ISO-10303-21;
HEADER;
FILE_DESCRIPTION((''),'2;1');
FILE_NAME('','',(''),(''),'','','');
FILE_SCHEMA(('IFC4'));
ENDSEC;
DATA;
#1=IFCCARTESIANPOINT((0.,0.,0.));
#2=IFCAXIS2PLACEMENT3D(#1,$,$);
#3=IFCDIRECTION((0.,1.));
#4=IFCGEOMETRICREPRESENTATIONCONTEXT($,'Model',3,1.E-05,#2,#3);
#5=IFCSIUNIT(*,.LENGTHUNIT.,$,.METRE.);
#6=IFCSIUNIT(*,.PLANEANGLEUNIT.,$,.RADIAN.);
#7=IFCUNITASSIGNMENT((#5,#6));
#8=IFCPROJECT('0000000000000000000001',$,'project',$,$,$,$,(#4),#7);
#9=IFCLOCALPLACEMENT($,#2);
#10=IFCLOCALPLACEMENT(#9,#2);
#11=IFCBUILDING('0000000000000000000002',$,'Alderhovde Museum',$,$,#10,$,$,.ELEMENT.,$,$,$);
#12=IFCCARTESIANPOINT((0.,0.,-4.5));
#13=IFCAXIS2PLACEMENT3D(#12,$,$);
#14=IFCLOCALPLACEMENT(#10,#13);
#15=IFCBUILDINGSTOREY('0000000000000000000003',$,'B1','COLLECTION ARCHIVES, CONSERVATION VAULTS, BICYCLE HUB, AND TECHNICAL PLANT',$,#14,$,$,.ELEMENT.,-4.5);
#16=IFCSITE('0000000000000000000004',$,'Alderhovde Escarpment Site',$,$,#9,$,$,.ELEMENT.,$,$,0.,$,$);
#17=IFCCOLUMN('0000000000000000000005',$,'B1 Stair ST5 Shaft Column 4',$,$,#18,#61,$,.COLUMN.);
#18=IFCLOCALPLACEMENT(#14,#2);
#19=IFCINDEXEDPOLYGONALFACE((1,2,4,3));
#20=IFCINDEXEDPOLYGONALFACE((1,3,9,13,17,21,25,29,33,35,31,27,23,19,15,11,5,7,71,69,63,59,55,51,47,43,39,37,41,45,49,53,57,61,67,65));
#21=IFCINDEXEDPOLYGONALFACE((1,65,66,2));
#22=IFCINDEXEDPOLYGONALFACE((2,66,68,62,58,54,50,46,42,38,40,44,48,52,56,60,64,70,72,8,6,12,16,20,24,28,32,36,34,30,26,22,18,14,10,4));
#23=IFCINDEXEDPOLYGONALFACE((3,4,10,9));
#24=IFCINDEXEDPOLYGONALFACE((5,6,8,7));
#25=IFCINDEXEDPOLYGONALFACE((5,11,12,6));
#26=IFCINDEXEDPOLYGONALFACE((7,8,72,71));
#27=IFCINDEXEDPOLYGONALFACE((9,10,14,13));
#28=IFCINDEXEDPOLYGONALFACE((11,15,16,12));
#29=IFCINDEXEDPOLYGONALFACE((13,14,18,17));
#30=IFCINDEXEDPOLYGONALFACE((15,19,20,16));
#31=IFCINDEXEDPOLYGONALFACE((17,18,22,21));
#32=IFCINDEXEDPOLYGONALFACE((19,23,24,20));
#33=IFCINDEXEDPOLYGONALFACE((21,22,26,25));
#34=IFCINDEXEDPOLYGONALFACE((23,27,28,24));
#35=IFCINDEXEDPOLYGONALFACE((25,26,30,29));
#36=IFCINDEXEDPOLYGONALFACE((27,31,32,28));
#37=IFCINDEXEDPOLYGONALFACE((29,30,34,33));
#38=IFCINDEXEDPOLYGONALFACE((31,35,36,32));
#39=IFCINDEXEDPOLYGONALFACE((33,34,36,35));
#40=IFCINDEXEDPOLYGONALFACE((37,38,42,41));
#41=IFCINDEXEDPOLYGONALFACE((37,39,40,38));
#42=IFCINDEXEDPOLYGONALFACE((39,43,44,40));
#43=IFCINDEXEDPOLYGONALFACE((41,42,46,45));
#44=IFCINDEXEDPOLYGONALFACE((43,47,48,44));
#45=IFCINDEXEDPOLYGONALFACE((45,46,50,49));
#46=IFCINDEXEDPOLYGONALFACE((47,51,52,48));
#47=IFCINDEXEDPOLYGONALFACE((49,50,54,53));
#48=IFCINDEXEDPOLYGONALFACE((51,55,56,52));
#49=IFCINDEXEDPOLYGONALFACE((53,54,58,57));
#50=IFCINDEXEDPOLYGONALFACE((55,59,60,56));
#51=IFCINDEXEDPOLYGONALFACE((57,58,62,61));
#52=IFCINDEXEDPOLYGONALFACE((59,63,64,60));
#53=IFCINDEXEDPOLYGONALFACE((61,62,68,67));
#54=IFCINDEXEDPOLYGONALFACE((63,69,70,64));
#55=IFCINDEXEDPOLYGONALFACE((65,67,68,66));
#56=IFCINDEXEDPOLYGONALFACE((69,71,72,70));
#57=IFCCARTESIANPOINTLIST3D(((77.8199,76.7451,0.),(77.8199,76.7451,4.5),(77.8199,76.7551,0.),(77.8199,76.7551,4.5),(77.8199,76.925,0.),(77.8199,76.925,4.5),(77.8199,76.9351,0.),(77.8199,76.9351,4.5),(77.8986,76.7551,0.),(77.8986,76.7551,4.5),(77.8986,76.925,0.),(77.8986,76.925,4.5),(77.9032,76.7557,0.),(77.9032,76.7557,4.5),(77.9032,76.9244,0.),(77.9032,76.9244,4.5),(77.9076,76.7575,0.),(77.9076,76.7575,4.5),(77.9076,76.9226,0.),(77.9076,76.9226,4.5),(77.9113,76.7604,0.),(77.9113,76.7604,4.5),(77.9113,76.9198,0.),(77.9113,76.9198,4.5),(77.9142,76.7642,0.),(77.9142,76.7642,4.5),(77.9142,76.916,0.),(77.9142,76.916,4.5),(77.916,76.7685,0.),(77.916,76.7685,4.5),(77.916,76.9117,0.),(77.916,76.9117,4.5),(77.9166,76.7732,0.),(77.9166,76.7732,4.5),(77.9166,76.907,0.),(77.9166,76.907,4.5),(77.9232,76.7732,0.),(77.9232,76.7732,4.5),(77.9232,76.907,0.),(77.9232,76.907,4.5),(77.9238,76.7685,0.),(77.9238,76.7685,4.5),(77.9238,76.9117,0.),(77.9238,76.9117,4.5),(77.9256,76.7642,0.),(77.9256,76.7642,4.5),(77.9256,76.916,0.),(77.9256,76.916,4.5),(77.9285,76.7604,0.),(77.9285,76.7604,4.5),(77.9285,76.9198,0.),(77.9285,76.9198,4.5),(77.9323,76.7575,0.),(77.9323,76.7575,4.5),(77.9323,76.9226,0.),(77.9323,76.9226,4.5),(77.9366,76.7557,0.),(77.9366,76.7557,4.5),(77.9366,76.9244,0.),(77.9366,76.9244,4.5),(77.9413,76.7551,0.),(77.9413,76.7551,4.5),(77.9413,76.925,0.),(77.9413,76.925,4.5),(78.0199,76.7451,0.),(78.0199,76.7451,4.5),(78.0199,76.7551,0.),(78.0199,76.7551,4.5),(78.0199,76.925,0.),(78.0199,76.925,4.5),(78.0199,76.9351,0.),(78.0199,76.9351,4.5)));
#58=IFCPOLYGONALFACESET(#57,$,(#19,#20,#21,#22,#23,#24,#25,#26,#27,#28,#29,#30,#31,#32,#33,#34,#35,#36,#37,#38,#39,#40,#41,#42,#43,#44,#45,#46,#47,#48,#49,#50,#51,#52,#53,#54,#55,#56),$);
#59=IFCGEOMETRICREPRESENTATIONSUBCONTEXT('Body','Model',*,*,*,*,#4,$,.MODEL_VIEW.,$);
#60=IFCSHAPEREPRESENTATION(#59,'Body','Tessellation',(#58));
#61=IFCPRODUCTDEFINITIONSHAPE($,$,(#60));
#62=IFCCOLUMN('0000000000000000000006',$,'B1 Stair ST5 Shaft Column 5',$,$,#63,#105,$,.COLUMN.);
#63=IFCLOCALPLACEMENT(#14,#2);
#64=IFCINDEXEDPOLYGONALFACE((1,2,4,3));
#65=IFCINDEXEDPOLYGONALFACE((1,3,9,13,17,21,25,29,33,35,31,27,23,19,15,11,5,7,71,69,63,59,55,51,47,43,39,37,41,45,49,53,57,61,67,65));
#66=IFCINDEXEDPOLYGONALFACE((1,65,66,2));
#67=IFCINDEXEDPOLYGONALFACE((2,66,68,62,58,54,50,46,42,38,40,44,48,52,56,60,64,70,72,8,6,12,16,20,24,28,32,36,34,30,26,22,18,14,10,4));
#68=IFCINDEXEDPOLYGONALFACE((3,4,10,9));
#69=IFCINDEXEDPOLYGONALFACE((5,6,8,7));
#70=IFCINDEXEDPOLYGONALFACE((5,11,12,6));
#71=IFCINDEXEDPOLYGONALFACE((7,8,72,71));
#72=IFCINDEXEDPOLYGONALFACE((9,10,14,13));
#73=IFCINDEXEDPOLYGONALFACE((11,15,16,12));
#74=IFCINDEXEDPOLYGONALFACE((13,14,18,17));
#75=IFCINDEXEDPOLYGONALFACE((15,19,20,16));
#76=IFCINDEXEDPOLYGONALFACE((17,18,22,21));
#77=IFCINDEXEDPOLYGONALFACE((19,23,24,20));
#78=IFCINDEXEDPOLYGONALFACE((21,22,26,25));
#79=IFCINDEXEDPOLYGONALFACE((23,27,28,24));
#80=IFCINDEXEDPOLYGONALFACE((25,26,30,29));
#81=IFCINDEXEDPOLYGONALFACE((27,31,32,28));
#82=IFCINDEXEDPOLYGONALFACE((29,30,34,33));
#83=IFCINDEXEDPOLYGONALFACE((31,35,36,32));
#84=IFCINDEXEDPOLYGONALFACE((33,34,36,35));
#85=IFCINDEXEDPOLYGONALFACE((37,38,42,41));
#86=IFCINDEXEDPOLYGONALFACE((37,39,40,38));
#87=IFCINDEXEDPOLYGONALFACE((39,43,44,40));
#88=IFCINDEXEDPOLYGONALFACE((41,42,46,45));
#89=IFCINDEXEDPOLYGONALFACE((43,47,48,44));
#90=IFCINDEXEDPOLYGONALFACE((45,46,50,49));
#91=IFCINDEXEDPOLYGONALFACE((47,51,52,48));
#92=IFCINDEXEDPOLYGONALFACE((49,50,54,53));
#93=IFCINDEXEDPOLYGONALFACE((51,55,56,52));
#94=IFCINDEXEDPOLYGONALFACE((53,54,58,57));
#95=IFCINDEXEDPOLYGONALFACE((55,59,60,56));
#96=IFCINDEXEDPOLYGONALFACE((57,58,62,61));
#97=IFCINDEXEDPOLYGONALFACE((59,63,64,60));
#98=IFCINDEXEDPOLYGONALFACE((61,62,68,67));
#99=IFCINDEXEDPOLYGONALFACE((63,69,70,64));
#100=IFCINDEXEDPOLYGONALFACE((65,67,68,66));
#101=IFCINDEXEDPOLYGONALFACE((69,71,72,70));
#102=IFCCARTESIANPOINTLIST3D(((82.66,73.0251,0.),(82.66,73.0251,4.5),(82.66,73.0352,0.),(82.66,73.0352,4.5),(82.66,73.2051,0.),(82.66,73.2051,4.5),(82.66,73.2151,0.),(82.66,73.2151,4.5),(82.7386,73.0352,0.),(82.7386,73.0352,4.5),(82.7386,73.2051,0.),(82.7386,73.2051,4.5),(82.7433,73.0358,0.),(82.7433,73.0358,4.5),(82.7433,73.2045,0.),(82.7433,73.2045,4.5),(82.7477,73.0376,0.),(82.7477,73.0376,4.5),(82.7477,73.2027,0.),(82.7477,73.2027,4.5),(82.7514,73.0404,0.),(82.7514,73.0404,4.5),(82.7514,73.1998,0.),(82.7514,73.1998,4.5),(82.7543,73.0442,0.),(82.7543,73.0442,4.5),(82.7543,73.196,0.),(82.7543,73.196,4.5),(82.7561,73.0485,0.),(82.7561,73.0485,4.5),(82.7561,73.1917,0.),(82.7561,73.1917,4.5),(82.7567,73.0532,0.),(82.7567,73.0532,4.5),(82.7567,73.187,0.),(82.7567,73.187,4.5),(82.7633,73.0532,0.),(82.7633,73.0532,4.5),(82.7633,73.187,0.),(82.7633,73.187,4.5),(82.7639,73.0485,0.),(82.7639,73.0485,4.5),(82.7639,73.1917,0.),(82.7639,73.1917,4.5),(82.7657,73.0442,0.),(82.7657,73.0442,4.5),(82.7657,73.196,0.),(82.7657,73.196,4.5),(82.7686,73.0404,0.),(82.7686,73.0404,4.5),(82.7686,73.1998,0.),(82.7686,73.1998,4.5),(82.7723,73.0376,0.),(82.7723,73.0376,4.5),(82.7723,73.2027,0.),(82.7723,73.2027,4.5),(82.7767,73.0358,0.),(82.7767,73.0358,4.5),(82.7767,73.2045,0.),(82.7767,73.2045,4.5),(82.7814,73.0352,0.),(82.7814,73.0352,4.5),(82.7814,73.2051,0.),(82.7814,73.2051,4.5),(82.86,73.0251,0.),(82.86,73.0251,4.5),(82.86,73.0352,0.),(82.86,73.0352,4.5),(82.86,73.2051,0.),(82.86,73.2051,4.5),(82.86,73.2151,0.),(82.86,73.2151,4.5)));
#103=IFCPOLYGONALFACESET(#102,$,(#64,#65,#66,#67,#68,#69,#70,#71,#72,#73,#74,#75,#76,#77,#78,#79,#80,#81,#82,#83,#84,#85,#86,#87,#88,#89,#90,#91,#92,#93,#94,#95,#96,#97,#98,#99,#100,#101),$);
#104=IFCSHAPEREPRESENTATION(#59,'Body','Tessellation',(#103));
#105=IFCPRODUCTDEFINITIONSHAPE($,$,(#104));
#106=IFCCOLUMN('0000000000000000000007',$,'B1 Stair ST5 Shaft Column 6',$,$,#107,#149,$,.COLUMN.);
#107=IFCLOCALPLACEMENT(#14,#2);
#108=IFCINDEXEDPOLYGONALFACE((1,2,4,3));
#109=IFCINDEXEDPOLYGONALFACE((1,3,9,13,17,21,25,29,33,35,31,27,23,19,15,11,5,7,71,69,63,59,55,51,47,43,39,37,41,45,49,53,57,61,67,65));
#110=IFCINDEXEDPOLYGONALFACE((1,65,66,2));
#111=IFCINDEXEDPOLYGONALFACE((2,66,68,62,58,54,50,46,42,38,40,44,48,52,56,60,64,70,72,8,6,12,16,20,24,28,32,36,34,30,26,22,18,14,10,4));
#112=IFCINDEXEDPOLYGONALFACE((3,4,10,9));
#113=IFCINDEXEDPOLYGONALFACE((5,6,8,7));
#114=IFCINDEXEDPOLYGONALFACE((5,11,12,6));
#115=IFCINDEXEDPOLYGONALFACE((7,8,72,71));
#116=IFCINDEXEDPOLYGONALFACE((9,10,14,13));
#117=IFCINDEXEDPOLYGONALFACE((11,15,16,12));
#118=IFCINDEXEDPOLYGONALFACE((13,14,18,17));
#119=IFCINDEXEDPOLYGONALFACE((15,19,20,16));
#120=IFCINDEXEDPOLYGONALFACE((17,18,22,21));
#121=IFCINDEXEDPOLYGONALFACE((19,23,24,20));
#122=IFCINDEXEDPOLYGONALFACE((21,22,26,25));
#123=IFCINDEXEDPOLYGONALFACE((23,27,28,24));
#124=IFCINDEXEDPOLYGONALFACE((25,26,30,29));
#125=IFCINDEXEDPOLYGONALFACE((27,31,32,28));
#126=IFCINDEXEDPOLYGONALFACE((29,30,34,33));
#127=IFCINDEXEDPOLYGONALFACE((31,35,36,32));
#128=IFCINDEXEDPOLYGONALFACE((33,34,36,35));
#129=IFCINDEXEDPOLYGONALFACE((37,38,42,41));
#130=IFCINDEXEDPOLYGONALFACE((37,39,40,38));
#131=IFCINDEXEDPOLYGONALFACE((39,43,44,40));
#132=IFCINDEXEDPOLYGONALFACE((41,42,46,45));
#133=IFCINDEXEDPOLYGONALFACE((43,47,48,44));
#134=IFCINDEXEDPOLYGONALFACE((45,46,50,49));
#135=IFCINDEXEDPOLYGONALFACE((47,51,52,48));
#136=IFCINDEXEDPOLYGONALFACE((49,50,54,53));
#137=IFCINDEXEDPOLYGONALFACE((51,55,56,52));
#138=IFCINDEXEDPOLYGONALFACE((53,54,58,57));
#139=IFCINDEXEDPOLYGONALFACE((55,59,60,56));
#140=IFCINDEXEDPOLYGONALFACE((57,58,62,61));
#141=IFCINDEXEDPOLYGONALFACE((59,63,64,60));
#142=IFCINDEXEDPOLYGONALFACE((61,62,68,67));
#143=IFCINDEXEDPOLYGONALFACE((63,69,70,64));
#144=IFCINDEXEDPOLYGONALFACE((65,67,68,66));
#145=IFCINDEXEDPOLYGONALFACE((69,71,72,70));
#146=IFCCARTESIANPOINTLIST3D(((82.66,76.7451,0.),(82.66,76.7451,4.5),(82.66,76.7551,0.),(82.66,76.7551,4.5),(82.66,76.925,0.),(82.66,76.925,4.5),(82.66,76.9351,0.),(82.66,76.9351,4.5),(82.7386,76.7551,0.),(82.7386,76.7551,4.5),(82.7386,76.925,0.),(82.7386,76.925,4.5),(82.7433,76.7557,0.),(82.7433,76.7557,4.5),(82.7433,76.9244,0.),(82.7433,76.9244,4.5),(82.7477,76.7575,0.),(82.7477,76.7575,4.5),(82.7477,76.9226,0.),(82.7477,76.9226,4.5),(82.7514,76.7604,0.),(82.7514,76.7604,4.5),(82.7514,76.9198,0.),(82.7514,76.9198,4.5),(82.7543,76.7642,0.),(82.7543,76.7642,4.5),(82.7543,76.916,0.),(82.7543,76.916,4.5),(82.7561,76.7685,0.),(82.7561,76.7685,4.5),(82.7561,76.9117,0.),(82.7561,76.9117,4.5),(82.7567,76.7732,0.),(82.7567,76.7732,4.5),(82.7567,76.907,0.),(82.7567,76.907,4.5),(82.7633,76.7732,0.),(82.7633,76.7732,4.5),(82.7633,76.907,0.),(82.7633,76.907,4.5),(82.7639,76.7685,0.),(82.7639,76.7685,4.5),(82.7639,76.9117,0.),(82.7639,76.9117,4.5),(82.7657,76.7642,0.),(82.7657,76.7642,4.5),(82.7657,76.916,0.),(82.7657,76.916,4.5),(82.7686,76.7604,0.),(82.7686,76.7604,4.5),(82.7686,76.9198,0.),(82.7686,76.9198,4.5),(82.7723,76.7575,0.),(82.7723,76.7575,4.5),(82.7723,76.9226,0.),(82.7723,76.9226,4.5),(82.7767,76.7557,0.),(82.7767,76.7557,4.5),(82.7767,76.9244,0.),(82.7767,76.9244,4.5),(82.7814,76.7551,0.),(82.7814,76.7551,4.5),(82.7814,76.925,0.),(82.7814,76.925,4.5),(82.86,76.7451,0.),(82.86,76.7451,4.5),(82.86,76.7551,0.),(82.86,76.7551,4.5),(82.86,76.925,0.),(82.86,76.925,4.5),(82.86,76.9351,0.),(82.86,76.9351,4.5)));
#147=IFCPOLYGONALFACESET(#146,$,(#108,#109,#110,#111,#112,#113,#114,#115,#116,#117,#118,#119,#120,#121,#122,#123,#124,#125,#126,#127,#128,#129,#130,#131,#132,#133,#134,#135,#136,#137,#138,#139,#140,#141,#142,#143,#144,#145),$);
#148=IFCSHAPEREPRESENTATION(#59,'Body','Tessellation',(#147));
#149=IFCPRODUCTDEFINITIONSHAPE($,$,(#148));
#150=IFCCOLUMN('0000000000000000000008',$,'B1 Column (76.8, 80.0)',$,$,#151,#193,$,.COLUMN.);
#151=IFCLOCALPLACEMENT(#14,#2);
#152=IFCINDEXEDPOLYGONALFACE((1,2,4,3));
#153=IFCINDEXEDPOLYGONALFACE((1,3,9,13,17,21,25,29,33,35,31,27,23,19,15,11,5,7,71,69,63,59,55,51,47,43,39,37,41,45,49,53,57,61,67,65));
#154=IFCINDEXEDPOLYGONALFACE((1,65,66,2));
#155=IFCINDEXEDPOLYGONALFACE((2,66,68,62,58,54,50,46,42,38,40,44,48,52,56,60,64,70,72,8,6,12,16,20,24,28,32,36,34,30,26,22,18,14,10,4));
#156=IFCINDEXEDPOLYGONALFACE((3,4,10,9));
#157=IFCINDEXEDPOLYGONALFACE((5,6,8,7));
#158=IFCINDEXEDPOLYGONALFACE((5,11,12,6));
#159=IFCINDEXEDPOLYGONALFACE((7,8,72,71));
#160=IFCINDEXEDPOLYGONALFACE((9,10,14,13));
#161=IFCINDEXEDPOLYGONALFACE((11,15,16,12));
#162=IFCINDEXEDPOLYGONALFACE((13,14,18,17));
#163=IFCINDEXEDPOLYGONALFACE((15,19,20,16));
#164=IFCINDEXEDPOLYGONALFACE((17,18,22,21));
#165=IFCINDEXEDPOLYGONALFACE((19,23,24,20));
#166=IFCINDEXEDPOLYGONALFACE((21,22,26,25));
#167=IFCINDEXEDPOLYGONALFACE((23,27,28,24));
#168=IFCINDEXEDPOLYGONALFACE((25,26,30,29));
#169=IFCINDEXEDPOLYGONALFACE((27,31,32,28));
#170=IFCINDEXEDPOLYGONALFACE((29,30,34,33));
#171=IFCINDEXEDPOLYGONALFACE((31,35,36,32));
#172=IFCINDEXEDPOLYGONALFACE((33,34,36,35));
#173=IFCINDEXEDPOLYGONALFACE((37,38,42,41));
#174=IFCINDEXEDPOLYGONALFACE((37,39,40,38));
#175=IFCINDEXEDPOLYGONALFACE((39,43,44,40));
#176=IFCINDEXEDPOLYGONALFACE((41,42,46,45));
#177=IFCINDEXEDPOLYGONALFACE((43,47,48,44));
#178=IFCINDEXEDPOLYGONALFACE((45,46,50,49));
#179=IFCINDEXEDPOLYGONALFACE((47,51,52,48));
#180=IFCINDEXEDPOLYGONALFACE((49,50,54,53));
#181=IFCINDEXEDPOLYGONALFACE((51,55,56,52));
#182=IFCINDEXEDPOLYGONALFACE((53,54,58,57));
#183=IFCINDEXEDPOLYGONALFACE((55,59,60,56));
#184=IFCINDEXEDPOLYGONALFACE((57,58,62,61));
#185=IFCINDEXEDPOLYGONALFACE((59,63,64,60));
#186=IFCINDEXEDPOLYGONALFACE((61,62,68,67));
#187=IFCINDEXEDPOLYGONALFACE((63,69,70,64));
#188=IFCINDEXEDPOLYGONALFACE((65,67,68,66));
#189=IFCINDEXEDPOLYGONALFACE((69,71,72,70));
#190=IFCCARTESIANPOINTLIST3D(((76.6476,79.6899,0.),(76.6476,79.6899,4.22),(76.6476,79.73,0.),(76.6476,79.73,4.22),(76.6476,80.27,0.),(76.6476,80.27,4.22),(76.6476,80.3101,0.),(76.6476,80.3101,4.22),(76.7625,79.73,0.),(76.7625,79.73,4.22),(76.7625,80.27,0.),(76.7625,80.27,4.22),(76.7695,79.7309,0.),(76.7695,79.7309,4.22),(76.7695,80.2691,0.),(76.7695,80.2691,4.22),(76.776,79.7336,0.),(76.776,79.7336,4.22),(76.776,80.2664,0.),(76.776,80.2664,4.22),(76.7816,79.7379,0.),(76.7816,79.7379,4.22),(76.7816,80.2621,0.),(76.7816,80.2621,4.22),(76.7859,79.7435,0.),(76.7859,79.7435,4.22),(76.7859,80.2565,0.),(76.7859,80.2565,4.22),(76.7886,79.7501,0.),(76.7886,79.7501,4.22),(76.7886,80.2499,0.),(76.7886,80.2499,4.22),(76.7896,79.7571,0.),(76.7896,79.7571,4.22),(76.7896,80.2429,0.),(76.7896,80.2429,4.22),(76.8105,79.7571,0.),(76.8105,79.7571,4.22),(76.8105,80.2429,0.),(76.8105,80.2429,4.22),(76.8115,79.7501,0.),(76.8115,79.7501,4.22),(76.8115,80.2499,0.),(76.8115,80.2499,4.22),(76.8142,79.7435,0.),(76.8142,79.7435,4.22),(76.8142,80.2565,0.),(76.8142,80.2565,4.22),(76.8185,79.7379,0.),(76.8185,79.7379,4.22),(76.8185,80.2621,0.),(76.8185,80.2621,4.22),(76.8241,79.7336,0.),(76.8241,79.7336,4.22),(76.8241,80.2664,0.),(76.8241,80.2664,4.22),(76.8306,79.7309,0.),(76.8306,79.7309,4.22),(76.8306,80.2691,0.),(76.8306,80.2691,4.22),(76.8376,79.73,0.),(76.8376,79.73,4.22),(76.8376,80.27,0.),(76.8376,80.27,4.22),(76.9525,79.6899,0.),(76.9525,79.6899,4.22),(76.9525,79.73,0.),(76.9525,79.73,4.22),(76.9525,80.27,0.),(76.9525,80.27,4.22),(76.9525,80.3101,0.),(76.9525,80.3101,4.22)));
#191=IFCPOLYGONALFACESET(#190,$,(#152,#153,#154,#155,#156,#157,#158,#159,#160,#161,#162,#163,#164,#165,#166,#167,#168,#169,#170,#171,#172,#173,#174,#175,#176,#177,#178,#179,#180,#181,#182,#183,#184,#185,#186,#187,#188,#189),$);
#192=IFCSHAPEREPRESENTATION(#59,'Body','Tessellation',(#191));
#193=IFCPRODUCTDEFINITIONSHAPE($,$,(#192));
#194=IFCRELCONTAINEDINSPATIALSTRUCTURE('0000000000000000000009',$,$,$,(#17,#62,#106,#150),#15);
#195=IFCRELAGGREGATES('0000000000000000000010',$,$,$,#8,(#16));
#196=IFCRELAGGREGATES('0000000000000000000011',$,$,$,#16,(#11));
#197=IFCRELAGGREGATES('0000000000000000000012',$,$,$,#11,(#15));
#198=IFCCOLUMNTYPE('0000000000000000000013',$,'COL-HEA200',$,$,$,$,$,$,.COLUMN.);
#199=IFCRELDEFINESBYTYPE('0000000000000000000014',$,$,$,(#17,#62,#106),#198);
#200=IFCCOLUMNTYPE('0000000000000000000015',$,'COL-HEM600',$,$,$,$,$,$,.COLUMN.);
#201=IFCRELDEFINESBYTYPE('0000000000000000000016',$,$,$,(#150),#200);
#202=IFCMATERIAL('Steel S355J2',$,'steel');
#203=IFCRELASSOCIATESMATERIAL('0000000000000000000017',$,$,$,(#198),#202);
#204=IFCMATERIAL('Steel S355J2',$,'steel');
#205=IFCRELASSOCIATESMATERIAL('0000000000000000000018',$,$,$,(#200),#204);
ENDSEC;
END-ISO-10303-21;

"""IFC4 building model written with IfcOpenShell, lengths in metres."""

from ifc_helpers import new_model, si_unit, direction, frame, origin, origin_2d, place, context, subcontext, project, spatial, i_section, extrude, material, material_profile, profile_set, type_object, element, save


model = new_model("IFC4")

# Units and contexts
model_context = context("Model", 3, precision=1e-05, world=origin(), true_north=direction((0.0, 1.0)))
body_context = subcontext(model_context, "Body", "Model", "MODEL_VIEW")
ifc_project = project(units=[si_unit("LENGTHUNIT", "METRE"), si_unit("PLANEANGLEUNIT", "RADIAN")], contexts=[model_context])

# Site, building, storey
site_placement = place(None, origin())
site = spatial("IfcSite", under=ifc_project, at=site_placement, Name="Alderhovde Escarpment Site", CompositionType="ELEMENT", RefElevation=0.0)
building_placement = place(site_placement, origin())
building = spatial("IfcBuilding", under=site, at=building_placement, Name="Alderhovde Museum", CompositionType="ELEMENT")
storey_placement = place(building_placement, frame((0.0, 0.0, -4.5)))
storey = spatial("IfcBuildingStorey", under=building, at=storey_placement, Name="B1", Description="COLLECTION ARCHIVES, CONSERVATION VAULTS, BICYCLE HUB, AND TECHNICAL PLANT", CompositionType="ELEMENT", Elevation=-4.5)

# Columns
ifc_material_1 = material(Name="Steel S355J2", Category="steel")
ifc_material_profile_1 = material_profile(ifc_material_1, i_section(OverallWidth=0.2, OverallDepth=0.1899, WebThickness=0.0066, FlangeThickness=0.01, FilletRadius=0.0181, at=origin_2d()), Name="HEA 200")
ifc_profile_set_1 = profile_set([ifc_material_profile_1], Name="Steel S355J2")
column_type_1 = type_object("IfcColumnType", Name="COL-HEA200", PredefinedType="COLUMN", material=ifc_profile_set_1)
for number, where, z_axis, x_axis, name in (
    (1, (77.9199, 76.8401, 0.0), (0.0, 0.0, 1.0), (1.0, 0.0, 0.0), "B1 Stair ST5 Shaft Column 4"),
    (2, (82.76, 73.1201, 0.0), (0.0, 0.0, 1.0), (1.0, 0.0, 0.0), "B1 Stair ST5 Shaft Column 5"),
    (3, (82.76, 76.8401, 0.0), (0.0, 0.0, 1.0), (1.0, 0.0, 0.0), "B1 Stair ST5 Shaft Column 6"),
):
    element("IfcColumn", number, at=place(storey_placement, frame(where, z_axis=z_axis, x_axis=x_axis)), inside=storey, type_object=column_type_1, Name=name, PredefinedType="COLUMN", context=body_context, shape_type="SweptSolid", body=[
        extrude(i_section(OverallWidth=0.2, OverallDepth=0.1899, WebThickness=0.0066, FlangeThickness=0.01, FilletRadius=0.0181, at=origin_2d()), origin(), (0.0, 0.0, 1.0), 4.5),
    ])
ifc_material_2 = material(Name="Steel S355J2", Category="steel")
ifc_material_profile_2 = material_profile(ifc_material_2, i_section(OverallWidth=0.3049, OverallDepth=0.6201, WebThickness=0.021, FlangeThickness=0.04, FilletRadius=0.0271, at=origin_2d()), Name="HEM 600")
ifc_profile_set_2 = profile_set([ifc_material_profile_2], Name="Steel S355J2")
column_type_2 = type_object("IfcColumnType", Name="COL-HEM600", PredefinedType="COLUMN", material=ifc_profile_set_2)
column_placement = place(storey_placement, frame((76.8, 80.0, 0.0), z_axis=(0.0, 0.0, 1.0), x_axis=(1.0, 0.0, 0.0)))
element("IfcColumn", 4, at=column_placement, inside=storey, type_object=column_type_2, Name="B1 Column (76.8, 80.0)", PredefinedType="COLUMN", context=body_context, shape_type="SweptSolid", body=[
    extrude(i_section(OverallWidth=0.3049, OverallDepth=0.6201, WebThickness=0.021, FlangeThickness=0.04, FilletRadius=0.0271, at=origin_2d()), origin(), (0.0, 0.0, 1.0), 4.22),
])

save(model, "model.ifc")
